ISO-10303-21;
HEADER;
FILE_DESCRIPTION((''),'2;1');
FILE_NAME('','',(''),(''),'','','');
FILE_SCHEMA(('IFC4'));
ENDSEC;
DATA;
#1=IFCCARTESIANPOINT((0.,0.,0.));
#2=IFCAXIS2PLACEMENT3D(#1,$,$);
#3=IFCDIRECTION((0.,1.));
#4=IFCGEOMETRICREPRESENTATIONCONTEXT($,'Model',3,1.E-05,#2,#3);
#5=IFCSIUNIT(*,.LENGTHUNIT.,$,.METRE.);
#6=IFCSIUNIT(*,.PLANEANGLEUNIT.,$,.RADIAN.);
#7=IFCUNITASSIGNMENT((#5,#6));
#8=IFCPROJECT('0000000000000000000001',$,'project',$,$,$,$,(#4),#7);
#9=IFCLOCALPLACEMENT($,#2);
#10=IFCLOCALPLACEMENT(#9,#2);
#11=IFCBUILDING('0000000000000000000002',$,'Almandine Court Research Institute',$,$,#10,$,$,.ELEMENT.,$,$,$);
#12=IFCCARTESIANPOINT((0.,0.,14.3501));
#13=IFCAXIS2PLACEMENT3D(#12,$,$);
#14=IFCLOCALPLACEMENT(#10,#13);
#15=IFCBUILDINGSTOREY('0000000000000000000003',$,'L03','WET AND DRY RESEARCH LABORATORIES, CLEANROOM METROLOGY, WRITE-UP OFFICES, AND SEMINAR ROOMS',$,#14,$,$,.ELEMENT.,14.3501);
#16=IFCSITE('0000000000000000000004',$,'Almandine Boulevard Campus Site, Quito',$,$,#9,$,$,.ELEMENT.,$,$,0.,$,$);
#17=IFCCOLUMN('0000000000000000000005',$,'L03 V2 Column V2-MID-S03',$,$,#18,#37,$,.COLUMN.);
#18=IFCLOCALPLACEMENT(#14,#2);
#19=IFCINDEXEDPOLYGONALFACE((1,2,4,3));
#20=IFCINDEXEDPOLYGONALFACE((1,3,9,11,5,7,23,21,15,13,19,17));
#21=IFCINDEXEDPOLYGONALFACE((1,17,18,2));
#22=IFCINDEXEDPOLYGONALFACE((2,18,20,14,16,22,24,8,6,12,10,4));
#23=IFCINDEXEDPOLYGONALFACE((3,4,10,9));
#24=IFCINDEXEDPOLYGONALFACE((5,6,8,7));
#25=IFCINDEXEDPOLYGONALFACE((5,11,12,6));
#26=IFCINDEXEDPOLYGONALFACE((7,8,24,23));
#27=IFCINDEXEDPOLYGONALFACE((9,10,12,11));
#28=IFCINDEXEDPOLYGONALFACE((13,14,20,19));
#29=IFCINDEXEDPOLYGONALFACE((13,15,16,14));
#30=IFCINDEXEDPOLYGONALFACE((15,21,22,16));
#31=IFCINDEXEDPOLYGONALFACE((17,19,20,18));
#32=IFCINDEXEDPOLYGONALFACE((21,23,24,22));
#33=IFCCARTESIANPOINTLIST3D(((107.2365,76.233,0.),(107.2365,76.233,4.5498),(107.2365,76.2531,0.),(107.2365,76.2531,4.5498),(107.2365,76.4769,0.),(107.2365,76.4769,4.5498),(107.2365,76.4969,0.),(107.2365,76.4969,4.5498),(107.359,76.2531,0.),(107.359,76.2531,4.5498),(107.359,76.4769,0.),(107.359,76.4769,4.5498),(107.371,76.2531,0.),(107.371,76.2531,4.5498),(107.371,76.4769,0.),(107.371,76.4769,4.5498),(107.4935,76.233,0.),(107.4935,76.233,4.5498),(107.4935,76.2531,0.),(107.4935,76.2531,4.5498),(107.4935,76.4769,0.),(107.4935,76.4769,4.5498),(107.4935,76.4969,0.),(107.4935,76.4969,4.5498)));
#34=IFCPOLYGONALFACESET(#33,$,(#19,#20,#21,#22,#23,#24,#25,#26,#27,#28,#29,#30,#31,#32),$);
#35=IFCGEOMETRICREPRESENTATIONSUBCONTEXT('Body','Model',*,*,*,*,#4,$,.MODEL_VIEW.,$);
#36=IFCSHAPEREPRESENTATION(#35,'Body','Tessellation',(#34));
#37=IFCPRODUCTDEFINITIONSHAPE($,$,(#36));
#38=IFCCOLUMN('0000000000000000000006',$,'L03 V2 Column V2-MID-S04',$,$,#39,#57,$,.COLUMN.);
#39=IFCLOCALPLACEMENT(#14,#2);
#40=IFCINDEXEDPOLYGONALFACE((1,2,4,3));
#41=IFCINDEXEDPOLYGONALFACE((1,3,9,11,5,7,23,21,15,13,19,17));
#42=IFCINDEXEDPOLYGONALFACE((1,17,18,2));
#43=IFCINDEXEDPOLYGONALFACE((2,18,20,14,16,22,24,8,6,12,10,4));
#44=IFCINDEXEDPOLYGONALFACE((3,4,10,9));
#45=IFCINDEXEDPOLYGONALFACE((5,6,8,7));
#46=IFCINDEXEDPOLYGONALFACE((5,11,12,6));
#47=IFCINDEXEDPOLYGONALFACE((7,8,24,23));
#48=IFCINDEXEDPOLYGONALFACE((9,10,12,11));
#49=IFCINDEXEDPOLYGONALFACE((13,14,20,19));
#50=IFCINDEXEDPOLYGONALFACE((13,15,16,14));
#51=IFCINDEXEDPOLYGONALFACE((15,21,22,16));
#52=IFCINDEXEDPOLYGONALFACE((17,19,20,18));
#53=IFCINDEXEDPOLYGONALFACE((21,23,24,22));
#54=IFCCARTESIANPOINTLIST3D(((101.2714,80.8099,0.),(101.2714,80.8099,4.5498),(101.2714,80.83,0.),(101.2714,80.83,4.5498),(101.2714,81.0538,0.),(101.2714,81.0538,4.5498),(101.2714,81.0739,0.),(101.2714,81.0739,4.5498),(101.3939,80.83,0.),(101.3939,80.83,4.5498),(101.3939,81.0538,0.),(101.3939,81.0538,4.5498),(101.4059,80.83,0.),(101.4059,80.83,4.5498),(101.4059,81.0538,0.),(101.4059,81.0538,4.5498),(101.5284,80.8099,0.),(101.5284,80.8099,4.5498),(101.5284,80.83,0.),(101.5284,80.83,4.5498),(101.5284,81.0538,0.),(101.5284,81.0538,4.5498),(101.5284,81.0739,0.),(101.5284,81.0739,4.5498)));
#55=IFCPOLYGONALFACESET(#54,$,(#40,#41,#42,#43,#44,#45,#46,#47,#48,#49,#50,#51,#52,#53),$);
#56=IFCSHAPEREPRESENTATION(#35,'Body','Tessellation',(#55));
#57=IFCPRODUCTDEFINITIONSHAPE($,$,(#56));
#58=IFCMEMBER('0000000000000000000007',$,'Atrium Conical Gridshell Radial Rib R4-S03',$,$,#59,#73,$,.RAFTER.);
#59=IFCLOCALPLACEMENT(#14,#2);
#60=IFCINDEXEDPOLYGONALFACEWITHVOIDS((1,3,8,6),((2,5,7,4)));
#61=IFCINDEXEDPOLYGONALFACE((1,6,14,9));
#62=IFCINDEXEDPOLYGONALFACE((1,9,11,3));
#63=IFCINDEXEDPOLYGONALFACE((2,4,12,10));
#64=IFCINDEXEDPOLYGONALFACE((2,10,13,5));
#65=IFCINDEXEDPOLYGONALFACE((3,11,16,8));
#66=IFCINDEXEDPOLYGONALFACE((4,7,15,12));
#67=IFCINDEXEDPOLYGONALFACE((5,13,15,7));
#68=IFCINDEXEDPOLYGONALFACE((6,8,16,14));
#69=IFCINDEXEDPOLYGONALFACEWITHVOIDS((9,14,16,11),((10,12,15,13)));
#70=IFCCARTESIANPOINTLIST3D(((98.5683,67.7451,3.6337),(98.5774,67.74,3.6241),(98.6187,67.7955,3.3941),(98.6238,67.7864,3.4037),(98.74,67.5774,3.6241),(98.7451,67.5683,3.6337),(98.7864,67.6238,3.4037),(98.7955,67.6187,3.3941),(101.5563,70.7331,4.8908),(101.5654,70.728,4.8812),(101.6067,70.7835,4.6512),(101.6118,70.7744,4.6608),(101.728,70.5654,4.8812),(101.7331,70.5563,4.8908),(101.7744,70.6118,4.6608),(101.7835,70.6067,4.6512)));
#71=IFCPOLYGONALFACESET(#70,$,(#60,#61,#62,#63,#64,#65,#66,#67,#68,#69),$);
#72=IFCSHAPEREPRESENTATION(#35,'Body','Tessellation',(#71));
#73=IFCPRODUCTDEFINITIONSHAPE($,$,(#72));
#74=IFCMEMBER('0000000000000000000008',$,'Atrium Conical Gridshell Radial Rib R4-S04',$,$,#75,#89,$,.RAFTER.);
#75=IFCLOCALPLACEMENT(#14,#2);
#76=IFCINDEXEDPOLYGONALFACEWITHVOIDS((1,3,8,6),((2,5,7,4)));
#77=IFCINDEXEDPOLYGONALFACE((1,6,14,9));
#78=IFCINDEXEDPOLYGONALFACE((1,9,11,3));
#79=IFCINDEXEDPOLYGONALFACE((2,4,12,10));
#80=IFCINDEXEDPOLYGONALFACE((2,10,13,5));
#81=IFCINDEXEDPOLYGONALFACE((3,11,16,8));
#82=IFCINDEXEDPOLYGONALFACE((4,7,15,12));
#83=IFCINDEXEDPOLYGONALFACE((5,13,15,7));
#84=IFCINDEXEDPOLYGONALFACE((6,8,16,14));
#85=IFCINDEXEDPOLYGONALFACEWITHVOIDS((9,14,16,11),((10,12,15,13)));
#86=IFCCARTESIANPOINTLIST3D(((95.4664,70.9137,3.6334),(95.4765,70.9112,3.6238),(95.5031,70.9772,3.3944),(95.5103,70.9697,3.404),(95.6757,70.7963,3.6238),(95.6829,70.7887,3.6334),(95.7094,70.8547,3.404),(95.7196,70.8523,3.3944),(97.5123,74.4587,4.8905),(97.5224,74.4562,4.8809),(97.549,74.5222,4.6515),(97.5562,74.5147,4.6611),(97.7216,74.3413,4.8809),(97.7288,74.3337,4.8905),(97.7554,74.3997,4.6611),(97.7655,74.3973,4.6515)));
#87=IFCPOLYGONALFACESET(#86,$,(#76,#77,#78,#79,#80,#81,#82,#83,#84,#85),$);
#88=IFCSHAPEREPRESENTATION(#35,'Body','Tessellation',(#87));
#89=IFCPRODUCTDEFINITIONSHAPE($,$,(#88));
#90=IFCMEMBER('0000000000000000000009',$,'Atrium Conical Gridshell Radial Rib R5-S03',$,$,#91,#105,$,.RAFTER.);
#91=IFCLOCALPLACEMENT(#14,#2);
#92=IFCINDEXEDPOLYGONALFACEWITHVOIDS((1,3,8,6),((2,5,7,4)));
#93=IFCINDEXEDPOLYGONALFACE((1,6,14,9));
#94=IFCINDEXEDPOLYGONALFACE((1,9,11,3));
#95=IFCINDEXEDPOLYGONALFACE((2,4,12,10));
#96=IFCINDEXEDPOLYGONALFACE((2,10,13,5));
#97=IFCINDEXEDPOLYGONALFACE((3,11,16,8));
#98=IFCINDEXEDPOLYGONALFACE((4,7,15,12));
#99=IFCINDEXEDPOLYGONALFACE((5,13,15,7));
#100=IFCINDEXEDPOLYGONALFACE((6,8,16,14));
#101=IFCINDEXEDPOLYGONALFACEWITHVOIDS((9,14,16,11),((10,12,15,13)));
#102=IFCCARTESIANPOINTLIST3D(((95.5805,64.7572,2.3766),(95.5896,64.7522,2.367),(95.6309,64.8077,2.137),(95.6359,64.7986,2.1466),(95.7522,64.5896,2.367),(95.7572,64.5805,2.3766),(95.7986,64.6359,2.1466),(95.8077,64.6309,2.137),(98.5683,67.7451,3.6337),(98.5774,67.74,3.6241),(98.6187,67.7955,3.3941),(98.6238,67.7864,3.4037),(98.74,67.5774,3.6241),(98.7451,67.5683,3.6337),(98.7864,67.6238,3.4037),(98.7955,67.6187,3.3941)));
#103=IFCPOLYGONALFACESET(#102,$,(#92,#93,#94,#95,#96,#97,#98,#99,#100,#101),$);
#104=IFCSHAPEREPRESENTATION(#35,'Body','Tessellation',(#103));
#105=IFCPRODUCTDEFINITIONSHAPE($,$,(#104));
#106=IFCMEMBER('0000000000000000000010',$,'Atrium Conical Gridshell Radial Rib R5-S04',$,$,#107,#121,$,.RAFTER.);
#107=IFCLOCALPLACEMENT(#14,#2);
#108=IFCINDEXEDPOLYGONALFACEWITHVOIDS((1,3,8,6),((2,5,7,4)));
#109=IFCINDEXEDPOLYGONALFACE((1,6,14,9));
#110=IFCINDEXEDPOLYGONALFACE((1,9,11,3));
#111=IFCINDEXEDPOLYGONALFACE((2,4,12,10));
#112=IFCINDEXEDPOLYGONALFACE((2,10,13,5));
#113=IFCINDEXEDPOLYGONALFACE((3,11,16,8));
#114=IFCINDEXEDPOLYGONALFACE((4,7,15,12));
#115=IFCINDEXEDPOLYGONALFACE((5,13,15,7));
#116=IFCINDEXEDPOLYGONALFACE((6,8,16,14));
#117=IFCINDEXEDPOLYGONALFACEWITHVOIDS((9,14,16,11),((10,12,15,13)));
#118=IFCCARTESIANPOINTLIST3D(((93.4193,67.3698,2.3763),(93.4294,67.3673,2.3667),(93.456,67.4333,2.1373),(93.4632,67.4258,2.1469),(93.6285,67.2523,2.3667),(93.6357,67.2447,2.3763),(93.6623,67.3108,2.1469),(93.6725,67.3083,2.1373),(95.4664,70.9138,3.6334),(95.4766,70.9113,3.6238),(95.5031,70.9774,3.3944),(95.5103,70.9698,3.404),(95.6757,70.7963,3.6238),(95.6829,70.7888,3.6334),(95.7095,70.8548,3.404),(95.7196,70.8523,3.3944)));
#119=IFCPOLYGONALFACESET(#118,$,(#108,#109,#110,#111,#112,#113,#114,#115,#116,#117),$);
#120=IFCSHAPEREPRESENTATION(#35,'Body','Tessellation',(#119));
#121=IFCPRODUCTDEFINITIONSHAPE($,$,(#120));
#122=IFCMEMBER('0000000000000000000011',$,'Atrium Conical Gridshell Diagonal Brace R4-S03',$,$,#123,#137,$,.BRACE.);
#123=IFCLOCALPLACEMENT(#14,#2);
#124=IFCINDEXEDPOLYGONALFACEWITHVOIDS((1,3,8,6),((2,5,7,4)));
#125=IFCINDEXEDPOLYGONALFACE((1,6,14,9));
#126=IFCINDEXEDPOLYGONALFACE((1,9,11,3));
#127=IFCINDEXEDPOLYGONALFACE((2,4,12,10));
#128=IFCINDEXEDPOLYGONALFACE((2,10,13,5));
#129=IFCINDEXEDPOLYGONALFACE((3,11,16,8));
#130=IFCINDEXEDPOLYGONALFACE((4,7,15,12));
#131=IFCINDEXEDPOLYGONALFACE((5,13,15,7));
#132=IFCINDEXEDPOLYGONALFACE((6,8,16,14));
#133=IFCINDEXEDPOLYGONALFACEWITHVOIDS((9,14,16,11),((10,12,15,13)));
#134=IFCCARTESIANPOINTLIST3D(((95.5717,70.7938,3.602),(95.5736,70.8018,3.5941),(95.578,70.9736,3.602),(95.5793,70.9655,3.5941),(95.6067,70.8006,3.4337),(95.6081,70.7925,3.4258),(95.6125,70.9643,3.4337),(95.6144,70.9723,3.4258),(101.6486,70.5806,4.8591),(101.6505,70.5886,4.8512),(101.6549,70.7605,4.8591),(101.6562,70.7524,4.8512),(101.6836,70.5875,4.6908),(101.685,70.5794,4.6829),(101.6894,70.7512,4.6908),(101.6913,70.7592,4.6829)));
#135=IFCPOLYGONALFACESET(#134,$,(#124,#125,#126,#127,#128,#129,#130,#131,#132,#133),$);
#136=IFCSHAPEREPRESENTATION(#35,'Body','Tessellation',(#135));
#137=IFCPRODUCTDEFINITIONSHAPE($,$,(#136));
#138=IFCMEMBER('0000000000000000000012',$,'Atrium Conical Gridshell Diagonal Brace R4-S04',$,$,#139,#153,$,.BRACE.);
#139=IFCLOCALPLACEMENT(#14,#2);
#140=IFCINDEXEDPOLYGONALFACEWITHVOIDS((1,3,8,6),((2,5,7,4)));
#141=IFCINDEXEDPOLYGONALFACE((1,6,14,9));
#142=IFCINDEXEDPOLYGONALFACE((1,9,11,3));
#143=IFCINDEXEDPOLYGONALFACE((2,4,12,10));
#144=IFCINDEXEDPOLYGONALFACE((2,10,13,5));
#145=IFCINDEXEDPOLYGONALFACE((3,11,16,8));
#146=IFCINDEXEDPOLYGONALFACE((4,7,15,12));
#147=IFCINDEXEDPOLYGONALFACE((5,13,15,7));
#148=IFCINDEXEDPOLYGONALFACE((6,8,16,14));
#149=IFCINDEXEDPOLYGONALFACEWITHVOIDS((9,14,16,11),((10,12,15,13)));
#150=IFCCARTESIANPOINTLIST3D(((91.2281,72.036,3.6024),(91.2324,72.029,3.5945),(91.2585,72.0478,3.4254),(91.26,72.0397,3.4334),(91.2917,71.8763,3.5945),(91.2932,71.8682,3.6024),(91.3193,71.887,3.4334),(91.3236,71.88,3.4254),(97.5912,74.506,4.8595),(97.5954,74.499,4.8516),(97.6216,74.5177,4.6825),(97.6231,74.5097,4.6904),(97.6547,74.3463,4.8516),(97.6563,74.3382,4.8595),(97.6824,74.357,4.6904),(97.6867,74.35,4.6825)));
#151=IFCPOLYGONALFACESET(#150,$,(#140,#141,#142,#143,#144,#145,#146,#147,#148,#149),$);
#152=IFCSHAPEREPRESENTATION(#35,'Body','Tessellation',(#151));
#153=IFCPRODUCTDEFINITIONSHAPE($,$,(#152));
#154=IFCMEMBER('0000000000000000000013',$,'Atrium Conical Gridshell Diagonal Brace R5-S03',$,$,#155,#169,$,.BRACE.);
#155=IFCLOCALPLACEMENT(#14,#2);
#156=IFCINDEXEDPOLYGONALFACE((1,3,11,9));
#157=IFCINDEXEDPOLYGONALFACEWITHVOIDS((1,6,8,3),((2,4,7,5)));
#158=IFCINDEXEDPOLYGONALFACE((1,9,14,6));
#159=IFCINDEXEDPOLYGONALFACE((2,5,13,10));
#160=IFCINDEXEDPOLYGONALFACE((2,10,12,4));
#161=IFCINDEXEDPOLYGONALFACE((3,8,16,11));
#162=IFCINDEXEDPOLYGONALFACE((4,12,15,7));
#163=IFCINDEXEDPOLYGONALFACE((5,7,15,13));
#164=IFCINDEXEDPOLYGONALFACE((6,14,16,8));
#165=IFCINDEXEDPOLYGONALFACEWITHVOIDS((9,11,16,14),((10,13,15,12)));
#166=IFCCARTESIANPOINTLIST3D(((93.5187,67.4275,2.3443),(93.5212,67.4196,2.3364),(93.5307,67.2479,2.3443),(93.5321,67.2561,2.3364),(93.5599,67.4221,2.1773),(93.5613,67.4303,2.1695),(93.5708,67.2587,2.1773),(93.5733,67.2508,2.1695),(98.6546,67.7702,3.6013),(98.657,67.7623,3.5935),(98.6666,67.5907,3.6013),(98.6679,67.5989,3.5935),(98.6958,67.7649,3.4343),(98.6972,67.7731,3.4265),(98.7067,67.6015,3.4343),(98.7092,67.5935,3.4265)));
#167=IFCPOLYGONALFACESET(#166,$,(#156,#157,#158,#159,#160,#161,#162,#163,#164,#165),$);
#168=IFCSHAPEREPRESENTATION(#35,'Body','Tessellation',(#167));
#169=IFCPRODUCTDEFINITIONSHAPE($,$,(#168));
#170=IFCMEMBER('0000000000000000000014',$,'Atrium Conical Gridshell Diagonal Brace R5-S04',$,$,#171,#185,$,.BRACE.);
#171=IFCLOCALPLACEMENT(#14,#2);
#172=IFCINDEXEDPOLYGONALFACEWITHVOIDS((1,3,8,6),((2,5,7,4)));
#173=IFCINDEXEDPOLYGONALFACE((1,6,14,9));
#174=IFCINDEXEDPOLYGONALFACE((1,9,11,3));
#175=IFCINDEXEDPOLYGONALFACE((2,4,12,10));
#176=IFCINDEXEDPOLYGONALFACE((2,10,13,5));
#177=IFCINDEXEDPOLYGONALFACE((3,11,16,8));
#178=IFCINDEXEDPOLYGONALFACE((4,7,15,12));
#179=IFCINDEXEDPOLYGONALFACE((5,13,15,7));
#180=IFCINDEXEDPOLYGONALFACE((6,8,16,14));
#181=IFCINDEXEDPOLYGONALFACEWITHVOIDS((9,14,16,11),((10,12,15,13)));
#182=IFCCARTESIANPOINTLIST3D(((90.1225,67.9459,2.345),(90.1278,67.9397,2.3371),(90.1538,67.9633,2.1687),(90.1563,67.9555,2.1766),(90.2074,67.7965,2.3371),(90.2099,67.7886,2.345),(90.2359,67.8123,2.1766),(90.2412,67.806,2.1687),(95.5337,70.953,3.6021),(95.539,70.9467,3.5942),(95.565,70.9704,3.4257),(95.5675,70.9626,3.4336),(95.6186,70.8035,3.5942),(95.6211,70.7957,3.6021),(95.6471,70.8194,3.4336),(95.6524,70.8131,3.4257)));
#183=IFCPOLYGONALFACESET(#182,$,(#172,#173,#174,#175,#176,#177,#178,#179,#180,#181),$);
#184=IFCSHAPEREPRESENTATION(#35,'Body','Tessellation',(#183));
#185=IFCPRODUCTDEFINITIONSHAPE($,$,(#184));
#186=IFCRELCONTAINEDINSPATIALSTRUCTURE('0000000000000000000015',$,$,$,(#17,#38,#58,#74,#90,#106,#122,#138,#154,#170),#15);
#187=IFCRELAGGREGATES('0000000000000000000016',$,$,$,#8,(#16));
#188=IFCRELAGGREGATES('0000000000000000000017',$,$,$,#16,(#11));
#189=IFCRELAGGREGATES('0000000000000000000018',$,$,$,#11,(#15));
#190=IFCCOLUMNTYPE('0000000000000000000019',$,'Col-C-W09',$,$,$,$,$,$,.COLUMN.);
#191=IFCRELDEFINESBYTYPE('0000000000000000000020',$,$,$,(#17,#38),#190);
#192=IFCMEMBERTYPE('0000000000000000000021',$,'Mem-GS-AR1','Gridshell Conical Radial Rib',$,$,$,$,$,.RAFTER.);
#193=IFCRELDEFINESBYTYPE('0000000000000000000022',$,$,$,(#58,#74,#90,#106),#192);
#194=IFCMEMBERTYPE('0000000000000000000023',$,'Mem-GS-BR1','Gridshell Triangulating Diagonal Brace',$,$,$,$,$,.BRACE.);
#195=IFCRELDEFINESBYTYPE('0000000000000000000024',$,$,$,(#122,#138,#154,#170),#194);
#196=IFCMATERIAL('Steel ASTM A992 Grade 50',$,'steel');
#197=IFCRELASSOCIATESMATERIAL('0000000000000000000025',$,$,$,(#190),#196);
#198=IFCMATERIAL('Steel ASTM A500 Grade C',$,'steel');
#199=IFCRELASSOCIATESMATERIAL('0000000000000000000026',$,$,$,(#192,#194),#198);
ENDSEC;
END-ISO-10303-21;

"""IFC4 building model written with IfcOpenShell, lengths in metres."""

from ifc_helpers import new_model, si_unit, direction, frame, origin, origin_2d, place, context, subcontext, project, spatial, hollow_rectangle, i_section, extrude, material, material_profile, profile_set, type_object, element, save


model = new_model("IFC4")

# Units and contexts
model_context = context("Model", 3, precision=1e-05, world=origin(), true_north=direction((0.0, 1.0)))
body_context = subcontext(model_context, "Body", "Model", "MODEL_VIEW")
ifc_project = project(units=[si_unit("LENGTHUNIT", "METRE"), si_unit("PLANEANGLEUNIT", "RADIAN")], contexts=[model_context])

# Site, building, storey
site_placement = place(None, origin())
site = spatial("IfcSite", under=ifc_project, at=site_placement, Name="Almandine Boulevard Campus Site, Quito", CompositionType="ELEMENT", RefElevation=0.0)
building_placement = place(site_placement, origin())
building = spatial("IfcBuilding", under=site, at=building_placement, Name="Almandine Court Research Institute", CompositionType="ELEMENT")
storey_placement = place(building_placement, frame((0.0, 0.0, 14.3501)))
storey = spatial("IfcBuildingStorey", under=building, at=storey_placement, Name="L03", Description="WET AND DRY RESEARCH LABORATORIES, CLEANROOM METROLOGY, WRITE-UP OFFICES, AND SEMINAR ROOMS", CompositionType="ELEMENT", Elevation=14.3501)

# Columns
ifc_material_1 = material(Name="Steel ASTM A992 Grade 50", Category="steel")
ifc_material_profile_1 = material_profile(ifc_material_1, i_section(OverallWidth=0.2571, OverallDepth=0.2639, WebThickness=0.012, FlangeThickness=0.02, at=origin_2d()), Name="W250x101")
ifc_profile_set_1 = profile_set([ifc_material_profile_1], Name="Steel ASTM A992 Grade 50")
column_type = type_object("IfcColumnType", Name="Col-C-W09", PredefinedType="COLUMN", material=ifc_profile_set_1)
for number, where, z_axis, x_axis, name in (
    (1, (107.365, 76.365, 0.0), (0.0, 0.0, 1.0), (1.0, 0.0, 0.0), "L03 V2 Column V2-MID-S03"),
    (2, (101.3999, 80.9419, 0.0), (0.0, 0.0, 1.0), (1.0, 0.0, 0.0), "L03 V2 Column V2-MID-S04"),
):
    element("IfcColumn", number, at=place(storey_placement, frame(where, z_axis=z_axis, x_axis=x_axis)), inside=storey, type_object=column_type, Name=name, PredefinedType="COLUMN", context=body_context, shape_type="SweptSolid", body=[
        extrude(i_section(OverallWidth=0.2571, OverallDepth=0.2639, WebThickness=0.012, FlangeThickness=0.02, at=origin_2d()), origin(), (0.0, 0.0, 1.0), 4.5498),
    ])

# Members
ifc_material_2 = material(Name="Steel ASTM A500 Grade C", Category="steel")
ifc_material_profile_2 = material_profile(ifc_material_2, hollow_rectangle(XDim=0.25, YDim=0.25, WallThickness=0.01, at=origin_2d()), Name="HSS 250x250x10")
ifc_profile_set_2 = profile_set([ifc_material_profile_2], Name="Steel ASTM A500 Grade C")
member_type_1 = type_object("IfcMemberType", Name="Mem-GS-AR1", Description="Gridshell Conical Radial Rib", PredefinedType="RAFTER", material=ifc_profile_set_2)
member_1_placement = place(storey_placement, frame((101.6699, 70.6699, 4.771), z_axis=(-0.677753, -0.677753, -0.285134), x_axis=(0.707107, -0.707107, 0.0)))
element("IfcMember", 3, at=member_1_placement, inside=storey, type_object=member_type_1, Name="Atrium Conical Gridshell Radial Rib R4-S03", PredefinedType="RAFTER", context=body_context, shape_type="SweptSolid", body=[
    extrude(hollow_rectangle(XDim=0.25, YDim=0.25, WallThickness=0.01, at=origin_2d()), origin(), (0.0, 0.0, 1.0), 4.4087),
])
member_2_placement = place(storey_placement, frame((97.6389, 74.428, 4.771), z_axis=(-0.477831, -0.827936, -0.293598), x_axis=(0.866106, -0.49986, 0.0)))
element("IfcMember", 4, at=member_2_placement, inside=storey, type_object=member_type_1, Name="Atrium Conical Gridshell Radial Rib R4-S04", PredefinedType="RAFTER", context=body_context, shape_type="SweptSolid", body=[
    extrude(hollow_rectangle(XDim=0.25, YDim=0.25, WallThickness=0.01, at=origin_2d()), origin(), (0.0, 0.0, 1.0), 4.2817),
])
member_3_placement = place(storey_placement, frame((98.6819, 67.6819, 3.5139), z_axis=(-0.677749, -0.677749, -0.285155), x_axis=(0.707107, -0.707107, 0.0)))
element("IfcMember", 5, at=member_3_placement, inside=storey, type_object=member_type_1, Name="Atrium Conical Gridshell Radial Rib R5-S03", PredefinedType="RAFTER", context=body_context, shape_type="SweptSolid", body=[
    extrude(hollow_rectangle(XDim=0.25, YDim=0.25, WallThickness=0.01, at=origin_2d()), origin(), (0.0, 0.0, 1.0), 4.4084),
])
member_4_placement = place(storey_placement, frame((95.593, 70.8831, 3.5139), z_axis=(-0.478141, -0.827751, -0.293613), x_axis=(0.865917, -0.500187, 0.0)))
element("IfcMember", 6, at=member_4_placement, inside=storey, type_object=member_type_1, Name="Atrium Conical Gridshell Radial Rib R5-S04", PredefinedType="RAFTER", context=body_context, shape_type="SweptSolid", body=[
    extrude(hollow_rectangle(XDim=0.25, YDim=0.25, WallThickness=0.01, at=origin_2d()), origin(), (0.0, 0.0, 1.0), 4.2815),
])
ifc_material_profile_3 = material_profile(ifc_material_2, hollow_rectangle(XDim=0.1799, YDim=0.1799, WallThickness=0.0081, at=origin_2d()), Name="HSS 180x180x8")
ifc_profile_set_3 = profile_set([ifc_material_profile_3], Name="Steel ASTM A500 Grade C")
member_type_2 = type_object("IfcMemberType", Name="Mem-GS-BR1", Description="Gridshell Triangulating Diagonal Brace", PredefinedType="BRACE", material=ifc_profile_set_3)
member_5_placement = place(storey_placement, frame((101.6699, 70.6699, 4.771), z_axis=(-0.97869, 0.034326, -0.202454), x_axis=(-0.035051, -0.999386, 0.0)))
element("IfcMember", 7, at=member_5_placement, inside=storey, type_object=member_type_2, Name="Atrium Conical Gridshell Diagonal Brace R4-S03", PredefinedType="BRACE", context=body_context, shape_type="SweptSolid", body=[
    extrude(hollow_rectangle(XDim=0.1799, YDim=0.1799, WallThickness=0.0081, at=origin_2d()), origin(), (0.0, 0.0, 1.0), 6.2092),
])
member_6_placement = place(storey_placement, frame((97.6389, 74.428, 4.771), z_axis=(-0.91681, -0.355883, -0.181125), x_axis=(0.361868, -0.932229, 0.0)))
element("IfcMember", 8, at=member_6_placement, inside=storey, type_object=member_type_2, Name="Atrium Conical Gridshell Diagonal Brace R4-S04", PredefinedType="BRACE", context=body_context, shape_type="SweptSolid", body=[
    extrude(hollow_rectangle(XDim=0.1799, YDim=0.1799, WallThickness=0.0081, at=origin_2d()), origin(), (0.0, 0.0, 1.0), 6.9404),
])
member_7_placement = place(storey_placement, frame((98.6819, 67.6819, 3.5139), z_axis=(-0.969294, -0.06469, -0.237244), x_axis=(0.066591, -0.99778, 0.0)))
element("IfcMember", 9, at=member_7_placement, inside=storey, type_object=member_type_2, Name="Atrium Conical Gridshell Diagonal Brace R5-S03", PredefinedType="BRACE", context=body_context, shape_type="SweptSolid", body=[
    extrude(hollow_rectangle(XDim=0.1799, YDim=0.1799, WallThickness=0.0081, at=origin_2d()), origin(), (0.0, 0.0, 1.0), 5.2986),
])
member_8_placement = place(storey_placement, frame((95.593, 70.8831, 3.5139), z_axis=(-0.856613, -0.476038, -0.199003), x_axis=(0.485753, -0.874096, 0.0)))
element("IfcMember", 10, at=member_8_placement, inside=storey, type_object=member_type_2, Name="Atrium Conical Gridshell Diagonal Brace R5-S04", PredefinedType="BRACE", context=body_context, shape_type="SweptSolid", body=[
    extrude(hollow_rectangle(XDim=0.1799, YDim=0.1799, WallThickness=0.0081, at=origin_2d()), origin(), (0.0, 0.0, 1.0), 6.3169),
])

save(model, "model.ifc")
